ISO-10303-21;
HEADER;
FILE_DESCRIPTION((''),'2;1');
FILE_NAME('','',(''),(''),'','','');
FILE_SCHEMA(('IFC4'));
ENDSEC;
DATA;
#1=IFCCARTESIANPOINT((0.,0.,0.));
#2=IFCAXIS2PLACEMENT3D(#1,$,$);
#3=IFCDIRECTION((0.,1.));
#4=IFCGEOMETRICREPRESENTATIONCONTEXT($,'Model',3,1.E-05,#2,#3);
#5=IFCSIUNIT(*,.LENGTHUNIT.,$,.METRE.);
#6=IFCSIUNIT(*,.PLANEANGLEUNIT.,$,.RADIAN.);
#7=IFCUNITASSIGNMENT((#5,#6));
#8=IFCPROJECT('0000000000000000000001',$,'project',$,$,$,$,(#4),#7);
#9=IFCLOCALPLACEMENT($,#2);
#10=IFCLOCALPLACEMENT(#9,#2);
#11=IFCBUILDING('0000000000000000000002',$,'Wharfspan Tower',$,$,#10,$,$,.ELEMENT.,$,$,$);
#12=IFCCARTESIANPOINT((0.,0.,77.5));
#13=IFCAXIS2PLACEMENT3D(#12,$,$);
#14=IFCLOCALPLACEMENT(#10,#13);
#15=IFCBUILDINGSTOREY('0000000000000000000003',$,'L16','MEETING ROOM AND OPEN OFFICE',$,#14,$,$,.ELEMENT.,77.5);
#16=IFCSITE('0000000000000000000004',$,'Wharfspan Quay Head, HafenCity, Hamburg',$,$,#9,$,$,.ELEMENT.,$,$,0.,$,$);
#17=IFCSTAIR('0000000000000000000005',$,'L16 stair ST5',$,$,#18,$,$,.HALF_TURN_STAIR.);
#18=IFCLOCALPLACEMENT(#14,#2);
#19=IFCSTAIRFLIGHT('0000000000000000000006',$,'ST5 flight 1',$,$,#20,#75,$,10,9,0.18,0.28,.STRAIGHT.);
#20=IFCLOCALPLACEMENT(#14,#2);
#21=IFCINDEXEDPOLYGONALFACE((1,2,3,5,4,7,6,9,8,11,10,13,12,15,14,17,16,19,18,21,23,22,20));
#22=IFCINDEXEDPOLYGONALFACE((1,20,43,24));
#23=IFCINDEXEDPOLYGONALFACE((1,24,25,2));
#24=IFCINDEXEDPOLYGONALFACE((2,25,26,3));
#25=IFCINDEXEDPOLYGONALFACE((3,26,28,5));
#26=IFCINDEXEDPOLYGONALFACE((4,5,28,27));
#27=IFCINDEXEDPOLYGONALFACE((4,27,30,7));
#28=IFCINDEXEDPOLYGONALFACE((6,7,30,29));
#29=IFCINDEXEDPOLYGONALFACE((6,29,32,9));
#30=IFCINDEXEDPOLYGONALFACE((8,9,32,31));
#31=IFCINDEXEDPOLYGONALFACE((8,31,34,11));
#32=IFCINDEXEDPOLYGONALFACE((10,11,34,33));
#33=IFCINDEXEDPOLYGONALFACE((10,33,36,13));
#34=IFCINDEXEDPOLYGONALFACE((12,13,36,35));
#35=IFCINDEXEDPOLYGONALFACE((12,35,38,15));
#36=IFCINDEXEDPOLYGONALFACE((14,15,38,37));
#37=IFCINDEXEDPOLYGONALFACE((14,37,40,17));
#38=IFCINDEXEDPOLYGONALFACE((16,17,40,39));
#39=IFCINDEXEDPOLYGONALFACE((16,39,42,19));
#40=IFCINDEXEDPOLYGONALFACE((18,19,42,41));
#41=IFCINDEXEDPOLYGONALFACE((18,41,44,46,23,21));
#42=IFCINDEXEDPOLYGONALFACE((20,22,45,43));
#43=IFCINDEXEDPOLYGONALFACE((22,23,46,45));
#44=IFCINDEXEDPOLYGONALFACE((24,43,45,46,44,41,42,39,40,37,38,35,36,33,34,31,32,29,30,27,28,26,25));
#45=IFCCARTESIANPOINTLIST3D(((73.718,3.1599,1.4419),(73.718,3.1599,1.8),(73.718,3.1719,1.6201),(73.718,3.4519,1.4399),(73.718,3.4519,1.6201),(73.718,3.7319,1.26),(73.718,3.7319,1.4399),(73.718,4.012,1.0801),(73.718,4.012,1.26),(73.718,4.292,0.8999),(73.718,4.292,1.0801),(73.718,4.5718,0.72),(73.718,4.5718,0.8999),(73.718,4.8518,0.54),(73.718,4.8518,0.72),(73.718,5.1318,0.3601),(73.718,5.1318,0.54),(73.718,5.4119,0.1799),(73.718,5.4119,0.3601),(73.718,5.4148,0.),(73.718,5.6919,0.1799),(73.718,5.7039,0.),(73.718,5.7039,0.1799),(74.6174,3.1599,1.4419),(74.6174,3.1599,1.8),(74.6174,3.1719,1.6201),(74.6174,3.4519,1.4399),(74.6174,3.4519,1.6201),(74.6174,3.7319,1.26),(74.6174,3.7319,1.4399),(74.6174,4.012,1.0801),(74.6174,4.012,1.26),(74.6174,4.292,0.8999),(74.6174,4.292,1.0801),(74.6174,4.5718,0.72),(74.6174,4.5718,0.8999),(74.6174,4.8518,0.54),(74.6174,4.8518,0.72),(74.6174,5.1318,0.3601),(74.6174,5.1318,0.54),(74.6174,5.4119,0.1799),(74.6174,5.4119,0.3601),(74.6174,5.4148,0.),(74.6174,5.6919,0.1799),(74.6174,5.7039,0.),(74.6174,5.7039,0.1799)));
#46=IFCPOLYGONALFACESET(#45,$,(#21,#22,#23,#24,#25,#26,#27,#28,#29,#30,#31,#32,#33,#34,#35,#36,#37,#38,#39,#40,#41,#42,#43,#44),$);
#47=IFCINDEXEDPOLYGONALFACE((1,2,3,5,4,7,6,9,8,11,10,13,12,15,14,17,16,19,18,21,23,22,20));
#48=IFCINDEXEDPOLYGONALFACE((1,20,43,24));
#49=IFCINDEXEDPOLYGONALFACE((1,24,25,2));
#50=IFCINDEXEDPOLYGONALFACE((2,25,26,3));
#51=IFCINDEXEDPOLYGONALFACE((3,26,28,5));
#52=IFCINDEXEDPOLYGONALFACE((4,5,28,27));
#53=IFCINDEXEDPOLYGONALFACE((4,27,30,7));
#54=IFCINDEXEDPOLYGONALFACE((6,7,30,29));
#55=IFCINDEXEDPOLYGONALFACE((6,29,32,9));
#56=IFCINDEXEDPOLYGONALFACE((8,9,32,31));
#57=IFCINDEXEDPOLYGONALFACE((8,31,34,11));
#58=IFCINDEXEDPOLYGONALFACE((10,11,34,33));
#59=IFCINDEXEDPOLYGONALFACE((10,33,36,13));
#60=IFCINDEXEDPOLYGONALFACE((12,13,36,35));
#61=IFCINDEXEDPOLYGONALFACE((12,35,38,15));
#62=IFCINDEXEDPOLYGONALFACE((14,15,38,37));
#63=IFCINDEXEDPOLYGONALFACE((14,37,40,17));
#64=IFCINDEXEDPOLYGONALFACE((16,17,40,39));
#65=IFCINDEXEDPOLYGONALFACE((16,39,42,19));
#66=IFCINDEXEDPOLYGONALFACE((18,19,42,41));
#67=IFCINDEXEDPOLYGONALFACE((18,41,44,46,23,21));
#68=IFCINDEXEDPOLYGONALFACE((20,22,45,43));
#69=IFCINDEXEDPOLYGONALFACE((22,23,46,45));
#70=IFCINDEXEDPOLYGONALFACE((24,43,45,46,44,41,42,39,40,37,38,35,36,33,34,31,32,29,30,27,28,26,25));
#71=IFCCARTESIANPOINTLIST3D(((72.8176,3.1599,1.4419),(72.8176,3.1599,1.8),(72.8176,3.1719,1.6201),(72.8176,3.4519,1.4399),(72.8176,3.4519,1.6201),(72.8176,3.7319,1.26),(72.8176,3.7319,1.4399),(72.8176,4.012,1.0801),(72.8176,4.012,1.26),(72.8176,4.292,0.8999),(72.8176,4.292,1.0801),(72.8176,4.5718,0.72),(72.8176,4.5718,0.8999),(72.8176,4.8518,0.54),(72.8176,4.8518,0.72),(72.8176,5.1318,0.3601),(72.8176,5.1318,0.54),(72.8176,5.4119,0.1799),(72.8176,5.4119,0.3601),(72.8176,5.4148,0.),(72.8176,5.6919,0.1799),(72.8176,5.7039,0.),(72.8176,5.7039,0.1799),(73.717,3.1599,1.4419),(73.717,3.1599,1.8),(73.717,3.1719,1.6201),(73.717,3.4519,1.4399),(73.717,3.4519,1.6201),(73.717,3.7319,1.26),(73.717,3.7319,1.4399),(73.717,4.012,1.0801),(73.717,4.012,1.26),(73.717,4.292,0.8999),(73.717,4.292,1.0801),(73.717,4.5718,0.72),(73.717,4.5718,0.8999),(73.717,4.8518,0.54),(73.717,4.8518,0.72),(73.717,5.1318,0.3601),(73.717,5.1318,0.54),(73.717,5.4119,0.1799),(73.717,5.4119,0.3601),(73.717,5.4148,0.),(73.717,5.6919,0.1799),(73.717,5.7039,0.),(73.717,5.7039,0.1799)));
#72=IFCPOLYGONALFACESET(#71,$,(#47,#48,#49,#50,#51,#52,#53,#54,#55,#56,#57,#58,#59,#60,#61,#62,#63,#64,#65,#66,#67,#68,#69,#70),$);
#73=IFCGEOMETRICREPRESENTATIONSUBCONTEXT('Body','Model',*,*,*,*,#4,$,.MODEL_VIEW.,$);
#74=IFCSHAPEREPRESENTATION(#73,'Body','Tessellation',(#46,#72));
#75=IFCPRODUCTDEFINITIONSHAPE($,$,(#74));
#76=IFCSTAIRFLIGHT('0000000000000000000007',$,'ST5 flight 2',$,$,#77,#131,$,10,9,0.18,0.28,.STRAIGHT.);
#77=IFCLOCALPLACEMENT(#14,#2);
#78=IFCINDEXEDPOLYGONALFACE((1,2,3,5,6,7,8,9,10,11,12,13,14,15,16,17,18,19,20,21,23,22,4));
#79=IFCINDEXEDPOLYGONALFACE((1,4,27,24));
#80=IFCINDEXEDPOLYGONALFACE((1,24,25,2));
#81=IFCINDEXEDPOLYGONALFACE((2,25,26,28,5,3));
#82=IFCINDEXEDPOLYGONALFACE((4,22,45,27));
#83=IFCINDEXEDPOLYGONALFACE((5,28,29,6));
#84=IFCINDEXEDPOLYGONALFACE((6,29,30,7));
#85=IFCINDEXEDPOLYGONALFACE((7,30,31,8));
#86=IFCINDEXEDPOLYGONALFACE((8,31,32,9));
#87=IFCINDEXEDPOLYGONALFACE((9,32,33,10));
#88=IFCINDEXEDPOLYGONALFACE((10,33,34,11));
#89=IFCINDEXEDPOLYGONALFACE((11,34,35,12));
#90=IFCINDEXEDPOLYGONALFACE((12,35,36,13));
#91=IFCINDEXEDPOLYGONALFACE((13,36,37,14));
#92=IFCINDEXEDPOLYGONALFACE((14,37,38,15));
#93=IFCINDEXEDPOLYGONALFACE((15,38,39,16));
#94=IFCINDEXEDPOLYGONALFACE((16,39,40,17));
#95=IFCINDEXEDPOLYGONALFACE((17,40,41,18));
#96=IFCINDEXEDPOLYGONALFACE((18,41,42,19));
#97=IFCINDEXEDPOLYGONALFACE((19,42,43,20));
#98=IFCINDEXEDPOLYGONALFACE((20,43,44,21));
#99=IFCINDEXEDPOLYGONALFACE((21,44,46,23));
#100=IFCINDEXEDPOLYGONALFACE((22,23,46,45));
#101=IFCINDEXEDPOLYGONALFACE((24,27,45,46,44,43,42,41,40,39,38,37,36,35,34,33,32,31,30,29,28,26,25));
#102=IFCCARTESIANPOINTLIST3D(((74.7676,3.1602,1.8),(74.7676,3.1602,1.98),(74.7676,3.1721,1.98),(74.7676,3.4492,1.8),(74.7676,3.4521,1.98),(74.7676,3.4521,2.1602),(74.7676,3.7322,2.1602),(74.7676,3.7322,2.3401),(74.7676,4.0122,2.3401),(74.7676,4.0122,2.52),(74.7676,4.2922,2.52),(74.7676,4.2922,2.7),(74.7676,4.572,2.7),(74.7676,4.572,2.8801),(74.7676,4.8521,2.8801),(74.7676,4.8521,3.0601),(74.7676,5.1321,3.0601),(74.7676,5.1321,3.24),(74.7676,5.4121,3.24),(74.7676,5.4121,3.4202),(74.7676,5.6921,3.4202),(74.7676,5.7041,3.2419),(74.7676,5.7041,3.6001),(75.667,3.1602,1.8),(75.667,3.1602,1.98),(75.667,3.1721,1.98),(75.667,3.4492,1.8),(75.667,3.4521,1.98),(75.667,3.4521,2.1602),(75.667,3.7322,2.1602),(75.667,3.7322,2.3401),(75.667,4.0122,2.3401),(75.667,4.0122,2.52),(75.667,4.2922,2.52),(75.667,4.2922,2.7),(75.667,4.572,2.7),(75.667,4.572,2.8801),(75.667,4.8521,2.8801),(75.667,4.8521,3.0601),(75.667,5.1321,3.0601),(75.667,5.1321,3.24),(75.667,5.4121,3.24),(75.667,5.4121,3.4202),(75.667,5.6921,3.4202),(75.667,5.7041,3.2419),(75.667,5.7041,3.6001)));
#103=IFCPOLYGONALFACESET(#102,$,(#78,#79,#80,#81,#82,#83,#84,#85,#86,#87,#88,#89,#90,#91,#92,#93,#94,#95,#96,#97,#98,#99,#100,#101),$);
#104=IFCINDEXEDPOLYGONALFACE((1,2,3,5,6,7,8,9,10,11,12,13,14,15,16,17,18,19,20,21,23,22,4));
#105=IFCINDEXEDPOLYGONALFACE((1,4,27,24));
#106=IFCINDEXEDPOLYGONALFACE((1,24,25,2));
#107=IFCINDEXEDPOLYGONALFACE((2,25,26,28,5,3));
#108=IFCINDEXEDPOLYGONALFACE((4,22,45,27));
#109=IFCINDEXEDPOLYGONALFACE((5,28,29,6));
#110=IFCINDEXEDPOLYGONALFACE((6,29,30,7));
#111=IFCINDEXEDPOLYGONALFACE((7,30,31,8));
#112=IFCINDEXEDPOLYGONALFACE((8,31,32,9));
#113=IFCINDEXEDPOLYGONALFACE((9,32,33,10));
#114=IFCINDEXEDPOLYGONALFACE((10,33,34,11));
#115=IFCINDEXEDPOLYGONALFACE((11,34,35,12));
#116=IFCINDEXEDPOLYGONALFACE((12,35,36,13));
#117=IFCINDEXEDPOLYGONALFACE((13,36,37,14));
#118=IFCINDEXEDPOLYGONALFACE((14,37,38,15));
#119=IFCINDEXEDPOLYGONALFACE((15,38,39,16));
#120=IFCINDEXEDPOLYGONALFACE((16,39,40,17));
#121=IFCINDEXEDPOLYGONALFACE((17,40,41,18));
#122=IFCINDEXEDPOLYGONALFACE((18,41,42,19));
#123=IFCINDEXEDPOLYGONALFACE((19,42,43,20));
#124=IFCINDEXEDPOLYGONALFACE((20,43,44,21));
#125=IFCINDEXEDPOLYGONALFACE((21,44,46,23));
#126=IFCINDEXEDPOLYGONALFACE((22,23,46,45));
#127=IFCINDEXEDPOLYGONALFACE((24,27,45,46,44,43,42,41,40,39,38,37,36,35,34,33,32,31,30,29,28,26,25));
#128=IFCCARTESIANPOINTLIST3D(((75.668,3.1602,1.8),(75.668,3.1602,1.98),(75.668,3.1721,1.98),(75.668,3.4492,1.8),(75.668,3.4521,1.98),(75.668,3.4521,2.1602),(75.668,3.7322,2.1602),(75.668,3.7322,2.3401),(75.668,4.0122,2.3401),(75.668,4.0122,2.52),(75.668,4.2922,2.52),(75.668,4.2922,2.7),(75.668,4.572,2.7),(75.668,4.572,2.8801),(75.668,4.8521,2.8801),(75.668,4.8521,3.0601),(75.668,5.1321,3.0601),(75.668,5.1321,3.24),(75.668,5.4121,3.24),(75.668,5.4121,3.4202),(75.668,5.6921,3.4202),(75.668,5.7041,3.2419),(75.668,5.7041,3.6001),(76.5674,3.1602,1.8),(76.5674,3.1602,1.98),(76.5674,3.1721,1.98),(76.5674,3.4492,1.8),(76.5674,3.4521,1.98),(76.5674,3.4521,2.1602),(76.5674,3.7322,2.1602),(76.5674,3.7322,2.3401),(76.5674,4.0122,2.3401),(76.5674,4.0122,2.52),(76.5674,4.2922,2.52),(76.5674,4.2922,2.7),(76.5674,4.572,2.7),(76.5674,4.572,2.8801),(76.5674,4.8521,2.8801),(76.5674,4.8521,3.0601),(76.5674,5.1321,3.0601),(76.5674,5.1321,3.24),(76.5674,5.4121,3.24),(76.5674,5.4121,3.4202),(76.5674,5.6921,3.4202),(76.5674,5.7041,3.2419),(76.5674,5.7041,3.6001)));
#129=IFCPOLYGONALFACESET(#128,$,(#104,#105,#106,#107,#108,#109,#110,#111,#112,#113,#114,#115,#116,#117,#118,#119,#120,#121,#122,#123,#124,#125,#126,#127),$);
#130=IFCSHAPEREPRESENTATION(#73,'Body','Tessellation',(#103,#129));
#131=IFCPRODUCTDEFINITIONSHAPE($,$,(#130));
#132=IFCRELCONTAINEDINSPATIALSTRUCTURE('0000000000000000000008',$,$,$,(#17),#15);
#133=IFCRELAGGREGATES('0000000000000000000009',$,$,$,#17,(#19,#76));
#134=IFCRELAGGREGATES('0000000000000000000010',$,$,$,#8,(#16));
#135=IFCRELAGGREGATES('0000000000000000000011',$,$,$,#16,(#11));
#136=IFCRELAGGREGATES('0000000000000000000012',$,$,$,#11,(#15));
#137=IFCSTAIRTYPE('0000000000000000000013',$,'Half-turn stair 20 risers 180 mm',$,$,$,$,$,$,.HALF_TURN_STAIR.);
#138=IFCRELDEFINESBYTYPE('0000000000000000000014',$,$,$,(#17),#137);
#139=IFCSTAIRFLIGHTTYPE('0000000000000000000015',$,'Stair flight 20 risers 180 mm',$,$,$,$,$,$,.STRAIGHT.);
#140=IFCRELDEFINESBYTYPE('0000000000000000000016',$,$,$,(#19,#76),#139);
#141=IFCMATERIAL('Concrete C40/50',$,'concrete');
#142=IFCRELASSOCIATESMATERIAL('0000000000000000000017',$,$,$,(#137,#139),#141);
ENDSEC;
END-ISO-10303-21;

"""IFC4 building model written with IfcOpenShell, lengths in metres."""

from ifc_helpers import new_model, si_unit, direction, frame, origin, place, context, subcontext, project, spatial, polyline, outline, extrude, material, type_object, element, aggregate, save


model = new_model("IFC4")

# Units and contexts
model_context = context("Model", 3, precision=1e-05, world=origin(), true_north=direction((0.0, 1.0)))
body_context = subcontext(model_context, "Body", "Model", "MODEL_VIEW")
ifc_project = project(units=[si_unit("LENGTHUNIT", "METRE"), si_unit("PLANEANGLEUNIT", "RADIAN")], contexts=[model_context])

# Site, building, storey
site_placement = place(None, origin())
site = spatial("IfcSite", under=ifc_project, at=site_placement, Name="Wharfspan Quay Head, HafenCity, Hamburg", CompositionType="ELEMENT", RefElevation=0.0)
building_placement = place(site_placement, origin())
building = spatial("IfcBuilding", under=site, at=building_placement, Name="Wharfspan Tower", CompositionType="ELEMENT")
storey_placement = place(building_placement, frame((0.0, 0.0, 77.5)))
storey = spatial("IfcBuildingStorey", under=building, at=storey_placement, Name="L16", Description="MEETING ROOM AND OPEN OFFICE", CompositionType="ELEMENT", Elevation=77.5)

# Shared definitions
ifc_material_1 = material(Name="Concrete C40/50", Category="concrete")

# Stair, stair flights
stair_type = type_object("IfcStairType", Name="Half-turn stair 20 risers 180 mm", PredefinedType="HALF_TURN_STAIR", material=ifc_material_1)
stair_placement = place(storey_placement, origin())
stair = element("IfcStair", 1, at=stair_placement, inside=storey, type_object=stair_type, Name="L16 stair ST5", PredefinedType="HALF_TURN_STAIR")
stair_flight_type = type_object("IfcStairFlightType", Name="Stair flight 20 risers 180 mm", PredefinedType="STRAIGHT", material=ifc_material_1)
stair_flight_1_placement = place(storey_placement, frame((73.7175, 5.6919, 0.0), z_axis=(0.0, 0.0, 1.0), x_axis=(0.0, -1.0, 0.0)))
stair_flight_1 = element("IfcStairFlight", 2, at=stair_flight_1_placement, type_object=stair_flight_type, Name="ST5 flight 1", NumberOfRisers=10, NumberOfTreads=9, PredefinedType="STRAIGHT", RiserHeight=0.18, TreadLength=0.28, context=body_context, shape_type="SweptSolid", body=[
    extrude(outline(polyline([(-0.012, 0.0), (-0.012, 0.1799), (0.0, 0.1799), (0.28, 0.1799), (0.28, 0.3601), (0.5601, 0.3601), (0.5601, 0.54), (0.8401, 0.54), (0.8401, 0.72), (1.1201, 0.72), (1.1201, 0.8999), (1.3999, 0.8999), (1.3999, 1.0801), (1.6799, 1.0801), (1.6799, 1.26), (1.96, 1.26), (1.96, 1.4399), (2.24, 1.4399), (2.24, 1.6201), (2.52, 1.6201), (2.532, 1.8), (2.532, 1.4419), (0.2771, 0.0), (-0.012, 0.0)])), frame((0.0, 0.8999, 0.0), z_axis=(0.0, -1.0, 0.0), x_axis=(1.0, 0.0, 0.0)), (0.0, 0.0, 1.0), 0.8994),
    extrude(outline(polyline([(-0.012, 0.0), (-0.012, 0.1799), (0.0, 0.1799), (0.28, 0.1799), (0.28, 0.3601), (0.5601, 0.3601), (0.5601, 0.54), (0.8401, 0.54), (0.8401, 0.72), (1.1201, 0.72), (1.1201, 0.8999), (1.3999, 0.8999), (1.3999, 1.0801), (1.6799, 1.0801), (1.6799, 1.26), (1.96, 1.26), (1.96, 1.4399), (2.24, 1.4399), (2.24, 1.6201), (2.52, 1.6201), (2.532, 1.8), (2.532, 1.4419), (0.2771, 0.0), (-0.012, 0.0)])), frame((0.0, -0.0005, 0.0), z_axis=(0.0, -1.0, 0.0), x_axis=(1.0, 0.0, 0.0)), (0.0, 0.0, 1.0), 0.8994),
])
stair_flight_2_placement = place(storey_placement, frame((75.6675, 3.1721, 1.8), z_axis=(0.0, 0.0, 1.0), x_axis=(0.0, 1.0, 0.0)))
stair_flight_2 = element("IfcStairFlight", 3, at=stair_flight_2_placement, type_object=stair_flight_type, Name="ST5 flight 2", NumberOfRisers=10, NumberOfTreads=9, PredefinedType="STRAIGHT", RiserHeight=0.18, TreadLength=0.28, context=body_context, shape_type="SweptSolid", body=[
    extrude(outline(polyline([(-0.012, 0.0), (-0.012, 0.1799), (0.0, 0.1799), (0.28, 0.1799), (0.28, 0.3601), (0.5601, 0.3601), (0.5601, 0.54), (0.8401, 0.54), (0.8401, 0.72), (1.1201, 0.72), (1.1201, 0.8999), (1.3999, 0.8999), (1.3999, 1.0801), (1.6799, 1.0801), (1.6799, 1.26), (1.96, 1.26), (1.96, 1.4399), (2.24, 1.4399), (2.24, 1.6201), (2.52, 1.6201), (2.532, 1.8), (2.532, 1.4419), (0.2771, 0.0), (-0.012, 0.0)])), frame((0.0, 0.8999, 0.0), z_axis=(0.0, -1.0, 0.0), x_axis=(1.0, 0.0, 0.0)), (0.0, 0.0, 1.0), 0.8994),
    extrude(outline(polyline([(-0.012, 0.0), (-0.012, 0.1799), (0.0, 0.1799), (0.28, 0.1799), (0.28, 0.3601), (0.5601, 0.3601), (0.5601, 0.54), (0.8401, 0.54), (0.8401, 0.72), (1.1201, 0.72), (1.1201, 0.8999), (1.3999, 0.8999), (1.3999, 1.0801), (1.6799, 1.0801), (1.6799, 1.26), (1.96, 1.26), (1.96, 1.4399), (2.24, 1.4399), (2.24, 1.6201), (2.52, 1.6201), (2.532, 1.8), (2.532, 1.4419), (0.2771, 0.0), (-0.012, 0.0)])), frame((0.0, -0.0005, 0.0), z_axis=(0.0, -1.0, 0.0), x_axis=(1.0, 0.0, 0.0)), (0.0, 0.0, 1.0), 0.8994),
])
aggregate(stair, [stair_flight_1, stair_flight_2])

save(model, "model.ifc")
